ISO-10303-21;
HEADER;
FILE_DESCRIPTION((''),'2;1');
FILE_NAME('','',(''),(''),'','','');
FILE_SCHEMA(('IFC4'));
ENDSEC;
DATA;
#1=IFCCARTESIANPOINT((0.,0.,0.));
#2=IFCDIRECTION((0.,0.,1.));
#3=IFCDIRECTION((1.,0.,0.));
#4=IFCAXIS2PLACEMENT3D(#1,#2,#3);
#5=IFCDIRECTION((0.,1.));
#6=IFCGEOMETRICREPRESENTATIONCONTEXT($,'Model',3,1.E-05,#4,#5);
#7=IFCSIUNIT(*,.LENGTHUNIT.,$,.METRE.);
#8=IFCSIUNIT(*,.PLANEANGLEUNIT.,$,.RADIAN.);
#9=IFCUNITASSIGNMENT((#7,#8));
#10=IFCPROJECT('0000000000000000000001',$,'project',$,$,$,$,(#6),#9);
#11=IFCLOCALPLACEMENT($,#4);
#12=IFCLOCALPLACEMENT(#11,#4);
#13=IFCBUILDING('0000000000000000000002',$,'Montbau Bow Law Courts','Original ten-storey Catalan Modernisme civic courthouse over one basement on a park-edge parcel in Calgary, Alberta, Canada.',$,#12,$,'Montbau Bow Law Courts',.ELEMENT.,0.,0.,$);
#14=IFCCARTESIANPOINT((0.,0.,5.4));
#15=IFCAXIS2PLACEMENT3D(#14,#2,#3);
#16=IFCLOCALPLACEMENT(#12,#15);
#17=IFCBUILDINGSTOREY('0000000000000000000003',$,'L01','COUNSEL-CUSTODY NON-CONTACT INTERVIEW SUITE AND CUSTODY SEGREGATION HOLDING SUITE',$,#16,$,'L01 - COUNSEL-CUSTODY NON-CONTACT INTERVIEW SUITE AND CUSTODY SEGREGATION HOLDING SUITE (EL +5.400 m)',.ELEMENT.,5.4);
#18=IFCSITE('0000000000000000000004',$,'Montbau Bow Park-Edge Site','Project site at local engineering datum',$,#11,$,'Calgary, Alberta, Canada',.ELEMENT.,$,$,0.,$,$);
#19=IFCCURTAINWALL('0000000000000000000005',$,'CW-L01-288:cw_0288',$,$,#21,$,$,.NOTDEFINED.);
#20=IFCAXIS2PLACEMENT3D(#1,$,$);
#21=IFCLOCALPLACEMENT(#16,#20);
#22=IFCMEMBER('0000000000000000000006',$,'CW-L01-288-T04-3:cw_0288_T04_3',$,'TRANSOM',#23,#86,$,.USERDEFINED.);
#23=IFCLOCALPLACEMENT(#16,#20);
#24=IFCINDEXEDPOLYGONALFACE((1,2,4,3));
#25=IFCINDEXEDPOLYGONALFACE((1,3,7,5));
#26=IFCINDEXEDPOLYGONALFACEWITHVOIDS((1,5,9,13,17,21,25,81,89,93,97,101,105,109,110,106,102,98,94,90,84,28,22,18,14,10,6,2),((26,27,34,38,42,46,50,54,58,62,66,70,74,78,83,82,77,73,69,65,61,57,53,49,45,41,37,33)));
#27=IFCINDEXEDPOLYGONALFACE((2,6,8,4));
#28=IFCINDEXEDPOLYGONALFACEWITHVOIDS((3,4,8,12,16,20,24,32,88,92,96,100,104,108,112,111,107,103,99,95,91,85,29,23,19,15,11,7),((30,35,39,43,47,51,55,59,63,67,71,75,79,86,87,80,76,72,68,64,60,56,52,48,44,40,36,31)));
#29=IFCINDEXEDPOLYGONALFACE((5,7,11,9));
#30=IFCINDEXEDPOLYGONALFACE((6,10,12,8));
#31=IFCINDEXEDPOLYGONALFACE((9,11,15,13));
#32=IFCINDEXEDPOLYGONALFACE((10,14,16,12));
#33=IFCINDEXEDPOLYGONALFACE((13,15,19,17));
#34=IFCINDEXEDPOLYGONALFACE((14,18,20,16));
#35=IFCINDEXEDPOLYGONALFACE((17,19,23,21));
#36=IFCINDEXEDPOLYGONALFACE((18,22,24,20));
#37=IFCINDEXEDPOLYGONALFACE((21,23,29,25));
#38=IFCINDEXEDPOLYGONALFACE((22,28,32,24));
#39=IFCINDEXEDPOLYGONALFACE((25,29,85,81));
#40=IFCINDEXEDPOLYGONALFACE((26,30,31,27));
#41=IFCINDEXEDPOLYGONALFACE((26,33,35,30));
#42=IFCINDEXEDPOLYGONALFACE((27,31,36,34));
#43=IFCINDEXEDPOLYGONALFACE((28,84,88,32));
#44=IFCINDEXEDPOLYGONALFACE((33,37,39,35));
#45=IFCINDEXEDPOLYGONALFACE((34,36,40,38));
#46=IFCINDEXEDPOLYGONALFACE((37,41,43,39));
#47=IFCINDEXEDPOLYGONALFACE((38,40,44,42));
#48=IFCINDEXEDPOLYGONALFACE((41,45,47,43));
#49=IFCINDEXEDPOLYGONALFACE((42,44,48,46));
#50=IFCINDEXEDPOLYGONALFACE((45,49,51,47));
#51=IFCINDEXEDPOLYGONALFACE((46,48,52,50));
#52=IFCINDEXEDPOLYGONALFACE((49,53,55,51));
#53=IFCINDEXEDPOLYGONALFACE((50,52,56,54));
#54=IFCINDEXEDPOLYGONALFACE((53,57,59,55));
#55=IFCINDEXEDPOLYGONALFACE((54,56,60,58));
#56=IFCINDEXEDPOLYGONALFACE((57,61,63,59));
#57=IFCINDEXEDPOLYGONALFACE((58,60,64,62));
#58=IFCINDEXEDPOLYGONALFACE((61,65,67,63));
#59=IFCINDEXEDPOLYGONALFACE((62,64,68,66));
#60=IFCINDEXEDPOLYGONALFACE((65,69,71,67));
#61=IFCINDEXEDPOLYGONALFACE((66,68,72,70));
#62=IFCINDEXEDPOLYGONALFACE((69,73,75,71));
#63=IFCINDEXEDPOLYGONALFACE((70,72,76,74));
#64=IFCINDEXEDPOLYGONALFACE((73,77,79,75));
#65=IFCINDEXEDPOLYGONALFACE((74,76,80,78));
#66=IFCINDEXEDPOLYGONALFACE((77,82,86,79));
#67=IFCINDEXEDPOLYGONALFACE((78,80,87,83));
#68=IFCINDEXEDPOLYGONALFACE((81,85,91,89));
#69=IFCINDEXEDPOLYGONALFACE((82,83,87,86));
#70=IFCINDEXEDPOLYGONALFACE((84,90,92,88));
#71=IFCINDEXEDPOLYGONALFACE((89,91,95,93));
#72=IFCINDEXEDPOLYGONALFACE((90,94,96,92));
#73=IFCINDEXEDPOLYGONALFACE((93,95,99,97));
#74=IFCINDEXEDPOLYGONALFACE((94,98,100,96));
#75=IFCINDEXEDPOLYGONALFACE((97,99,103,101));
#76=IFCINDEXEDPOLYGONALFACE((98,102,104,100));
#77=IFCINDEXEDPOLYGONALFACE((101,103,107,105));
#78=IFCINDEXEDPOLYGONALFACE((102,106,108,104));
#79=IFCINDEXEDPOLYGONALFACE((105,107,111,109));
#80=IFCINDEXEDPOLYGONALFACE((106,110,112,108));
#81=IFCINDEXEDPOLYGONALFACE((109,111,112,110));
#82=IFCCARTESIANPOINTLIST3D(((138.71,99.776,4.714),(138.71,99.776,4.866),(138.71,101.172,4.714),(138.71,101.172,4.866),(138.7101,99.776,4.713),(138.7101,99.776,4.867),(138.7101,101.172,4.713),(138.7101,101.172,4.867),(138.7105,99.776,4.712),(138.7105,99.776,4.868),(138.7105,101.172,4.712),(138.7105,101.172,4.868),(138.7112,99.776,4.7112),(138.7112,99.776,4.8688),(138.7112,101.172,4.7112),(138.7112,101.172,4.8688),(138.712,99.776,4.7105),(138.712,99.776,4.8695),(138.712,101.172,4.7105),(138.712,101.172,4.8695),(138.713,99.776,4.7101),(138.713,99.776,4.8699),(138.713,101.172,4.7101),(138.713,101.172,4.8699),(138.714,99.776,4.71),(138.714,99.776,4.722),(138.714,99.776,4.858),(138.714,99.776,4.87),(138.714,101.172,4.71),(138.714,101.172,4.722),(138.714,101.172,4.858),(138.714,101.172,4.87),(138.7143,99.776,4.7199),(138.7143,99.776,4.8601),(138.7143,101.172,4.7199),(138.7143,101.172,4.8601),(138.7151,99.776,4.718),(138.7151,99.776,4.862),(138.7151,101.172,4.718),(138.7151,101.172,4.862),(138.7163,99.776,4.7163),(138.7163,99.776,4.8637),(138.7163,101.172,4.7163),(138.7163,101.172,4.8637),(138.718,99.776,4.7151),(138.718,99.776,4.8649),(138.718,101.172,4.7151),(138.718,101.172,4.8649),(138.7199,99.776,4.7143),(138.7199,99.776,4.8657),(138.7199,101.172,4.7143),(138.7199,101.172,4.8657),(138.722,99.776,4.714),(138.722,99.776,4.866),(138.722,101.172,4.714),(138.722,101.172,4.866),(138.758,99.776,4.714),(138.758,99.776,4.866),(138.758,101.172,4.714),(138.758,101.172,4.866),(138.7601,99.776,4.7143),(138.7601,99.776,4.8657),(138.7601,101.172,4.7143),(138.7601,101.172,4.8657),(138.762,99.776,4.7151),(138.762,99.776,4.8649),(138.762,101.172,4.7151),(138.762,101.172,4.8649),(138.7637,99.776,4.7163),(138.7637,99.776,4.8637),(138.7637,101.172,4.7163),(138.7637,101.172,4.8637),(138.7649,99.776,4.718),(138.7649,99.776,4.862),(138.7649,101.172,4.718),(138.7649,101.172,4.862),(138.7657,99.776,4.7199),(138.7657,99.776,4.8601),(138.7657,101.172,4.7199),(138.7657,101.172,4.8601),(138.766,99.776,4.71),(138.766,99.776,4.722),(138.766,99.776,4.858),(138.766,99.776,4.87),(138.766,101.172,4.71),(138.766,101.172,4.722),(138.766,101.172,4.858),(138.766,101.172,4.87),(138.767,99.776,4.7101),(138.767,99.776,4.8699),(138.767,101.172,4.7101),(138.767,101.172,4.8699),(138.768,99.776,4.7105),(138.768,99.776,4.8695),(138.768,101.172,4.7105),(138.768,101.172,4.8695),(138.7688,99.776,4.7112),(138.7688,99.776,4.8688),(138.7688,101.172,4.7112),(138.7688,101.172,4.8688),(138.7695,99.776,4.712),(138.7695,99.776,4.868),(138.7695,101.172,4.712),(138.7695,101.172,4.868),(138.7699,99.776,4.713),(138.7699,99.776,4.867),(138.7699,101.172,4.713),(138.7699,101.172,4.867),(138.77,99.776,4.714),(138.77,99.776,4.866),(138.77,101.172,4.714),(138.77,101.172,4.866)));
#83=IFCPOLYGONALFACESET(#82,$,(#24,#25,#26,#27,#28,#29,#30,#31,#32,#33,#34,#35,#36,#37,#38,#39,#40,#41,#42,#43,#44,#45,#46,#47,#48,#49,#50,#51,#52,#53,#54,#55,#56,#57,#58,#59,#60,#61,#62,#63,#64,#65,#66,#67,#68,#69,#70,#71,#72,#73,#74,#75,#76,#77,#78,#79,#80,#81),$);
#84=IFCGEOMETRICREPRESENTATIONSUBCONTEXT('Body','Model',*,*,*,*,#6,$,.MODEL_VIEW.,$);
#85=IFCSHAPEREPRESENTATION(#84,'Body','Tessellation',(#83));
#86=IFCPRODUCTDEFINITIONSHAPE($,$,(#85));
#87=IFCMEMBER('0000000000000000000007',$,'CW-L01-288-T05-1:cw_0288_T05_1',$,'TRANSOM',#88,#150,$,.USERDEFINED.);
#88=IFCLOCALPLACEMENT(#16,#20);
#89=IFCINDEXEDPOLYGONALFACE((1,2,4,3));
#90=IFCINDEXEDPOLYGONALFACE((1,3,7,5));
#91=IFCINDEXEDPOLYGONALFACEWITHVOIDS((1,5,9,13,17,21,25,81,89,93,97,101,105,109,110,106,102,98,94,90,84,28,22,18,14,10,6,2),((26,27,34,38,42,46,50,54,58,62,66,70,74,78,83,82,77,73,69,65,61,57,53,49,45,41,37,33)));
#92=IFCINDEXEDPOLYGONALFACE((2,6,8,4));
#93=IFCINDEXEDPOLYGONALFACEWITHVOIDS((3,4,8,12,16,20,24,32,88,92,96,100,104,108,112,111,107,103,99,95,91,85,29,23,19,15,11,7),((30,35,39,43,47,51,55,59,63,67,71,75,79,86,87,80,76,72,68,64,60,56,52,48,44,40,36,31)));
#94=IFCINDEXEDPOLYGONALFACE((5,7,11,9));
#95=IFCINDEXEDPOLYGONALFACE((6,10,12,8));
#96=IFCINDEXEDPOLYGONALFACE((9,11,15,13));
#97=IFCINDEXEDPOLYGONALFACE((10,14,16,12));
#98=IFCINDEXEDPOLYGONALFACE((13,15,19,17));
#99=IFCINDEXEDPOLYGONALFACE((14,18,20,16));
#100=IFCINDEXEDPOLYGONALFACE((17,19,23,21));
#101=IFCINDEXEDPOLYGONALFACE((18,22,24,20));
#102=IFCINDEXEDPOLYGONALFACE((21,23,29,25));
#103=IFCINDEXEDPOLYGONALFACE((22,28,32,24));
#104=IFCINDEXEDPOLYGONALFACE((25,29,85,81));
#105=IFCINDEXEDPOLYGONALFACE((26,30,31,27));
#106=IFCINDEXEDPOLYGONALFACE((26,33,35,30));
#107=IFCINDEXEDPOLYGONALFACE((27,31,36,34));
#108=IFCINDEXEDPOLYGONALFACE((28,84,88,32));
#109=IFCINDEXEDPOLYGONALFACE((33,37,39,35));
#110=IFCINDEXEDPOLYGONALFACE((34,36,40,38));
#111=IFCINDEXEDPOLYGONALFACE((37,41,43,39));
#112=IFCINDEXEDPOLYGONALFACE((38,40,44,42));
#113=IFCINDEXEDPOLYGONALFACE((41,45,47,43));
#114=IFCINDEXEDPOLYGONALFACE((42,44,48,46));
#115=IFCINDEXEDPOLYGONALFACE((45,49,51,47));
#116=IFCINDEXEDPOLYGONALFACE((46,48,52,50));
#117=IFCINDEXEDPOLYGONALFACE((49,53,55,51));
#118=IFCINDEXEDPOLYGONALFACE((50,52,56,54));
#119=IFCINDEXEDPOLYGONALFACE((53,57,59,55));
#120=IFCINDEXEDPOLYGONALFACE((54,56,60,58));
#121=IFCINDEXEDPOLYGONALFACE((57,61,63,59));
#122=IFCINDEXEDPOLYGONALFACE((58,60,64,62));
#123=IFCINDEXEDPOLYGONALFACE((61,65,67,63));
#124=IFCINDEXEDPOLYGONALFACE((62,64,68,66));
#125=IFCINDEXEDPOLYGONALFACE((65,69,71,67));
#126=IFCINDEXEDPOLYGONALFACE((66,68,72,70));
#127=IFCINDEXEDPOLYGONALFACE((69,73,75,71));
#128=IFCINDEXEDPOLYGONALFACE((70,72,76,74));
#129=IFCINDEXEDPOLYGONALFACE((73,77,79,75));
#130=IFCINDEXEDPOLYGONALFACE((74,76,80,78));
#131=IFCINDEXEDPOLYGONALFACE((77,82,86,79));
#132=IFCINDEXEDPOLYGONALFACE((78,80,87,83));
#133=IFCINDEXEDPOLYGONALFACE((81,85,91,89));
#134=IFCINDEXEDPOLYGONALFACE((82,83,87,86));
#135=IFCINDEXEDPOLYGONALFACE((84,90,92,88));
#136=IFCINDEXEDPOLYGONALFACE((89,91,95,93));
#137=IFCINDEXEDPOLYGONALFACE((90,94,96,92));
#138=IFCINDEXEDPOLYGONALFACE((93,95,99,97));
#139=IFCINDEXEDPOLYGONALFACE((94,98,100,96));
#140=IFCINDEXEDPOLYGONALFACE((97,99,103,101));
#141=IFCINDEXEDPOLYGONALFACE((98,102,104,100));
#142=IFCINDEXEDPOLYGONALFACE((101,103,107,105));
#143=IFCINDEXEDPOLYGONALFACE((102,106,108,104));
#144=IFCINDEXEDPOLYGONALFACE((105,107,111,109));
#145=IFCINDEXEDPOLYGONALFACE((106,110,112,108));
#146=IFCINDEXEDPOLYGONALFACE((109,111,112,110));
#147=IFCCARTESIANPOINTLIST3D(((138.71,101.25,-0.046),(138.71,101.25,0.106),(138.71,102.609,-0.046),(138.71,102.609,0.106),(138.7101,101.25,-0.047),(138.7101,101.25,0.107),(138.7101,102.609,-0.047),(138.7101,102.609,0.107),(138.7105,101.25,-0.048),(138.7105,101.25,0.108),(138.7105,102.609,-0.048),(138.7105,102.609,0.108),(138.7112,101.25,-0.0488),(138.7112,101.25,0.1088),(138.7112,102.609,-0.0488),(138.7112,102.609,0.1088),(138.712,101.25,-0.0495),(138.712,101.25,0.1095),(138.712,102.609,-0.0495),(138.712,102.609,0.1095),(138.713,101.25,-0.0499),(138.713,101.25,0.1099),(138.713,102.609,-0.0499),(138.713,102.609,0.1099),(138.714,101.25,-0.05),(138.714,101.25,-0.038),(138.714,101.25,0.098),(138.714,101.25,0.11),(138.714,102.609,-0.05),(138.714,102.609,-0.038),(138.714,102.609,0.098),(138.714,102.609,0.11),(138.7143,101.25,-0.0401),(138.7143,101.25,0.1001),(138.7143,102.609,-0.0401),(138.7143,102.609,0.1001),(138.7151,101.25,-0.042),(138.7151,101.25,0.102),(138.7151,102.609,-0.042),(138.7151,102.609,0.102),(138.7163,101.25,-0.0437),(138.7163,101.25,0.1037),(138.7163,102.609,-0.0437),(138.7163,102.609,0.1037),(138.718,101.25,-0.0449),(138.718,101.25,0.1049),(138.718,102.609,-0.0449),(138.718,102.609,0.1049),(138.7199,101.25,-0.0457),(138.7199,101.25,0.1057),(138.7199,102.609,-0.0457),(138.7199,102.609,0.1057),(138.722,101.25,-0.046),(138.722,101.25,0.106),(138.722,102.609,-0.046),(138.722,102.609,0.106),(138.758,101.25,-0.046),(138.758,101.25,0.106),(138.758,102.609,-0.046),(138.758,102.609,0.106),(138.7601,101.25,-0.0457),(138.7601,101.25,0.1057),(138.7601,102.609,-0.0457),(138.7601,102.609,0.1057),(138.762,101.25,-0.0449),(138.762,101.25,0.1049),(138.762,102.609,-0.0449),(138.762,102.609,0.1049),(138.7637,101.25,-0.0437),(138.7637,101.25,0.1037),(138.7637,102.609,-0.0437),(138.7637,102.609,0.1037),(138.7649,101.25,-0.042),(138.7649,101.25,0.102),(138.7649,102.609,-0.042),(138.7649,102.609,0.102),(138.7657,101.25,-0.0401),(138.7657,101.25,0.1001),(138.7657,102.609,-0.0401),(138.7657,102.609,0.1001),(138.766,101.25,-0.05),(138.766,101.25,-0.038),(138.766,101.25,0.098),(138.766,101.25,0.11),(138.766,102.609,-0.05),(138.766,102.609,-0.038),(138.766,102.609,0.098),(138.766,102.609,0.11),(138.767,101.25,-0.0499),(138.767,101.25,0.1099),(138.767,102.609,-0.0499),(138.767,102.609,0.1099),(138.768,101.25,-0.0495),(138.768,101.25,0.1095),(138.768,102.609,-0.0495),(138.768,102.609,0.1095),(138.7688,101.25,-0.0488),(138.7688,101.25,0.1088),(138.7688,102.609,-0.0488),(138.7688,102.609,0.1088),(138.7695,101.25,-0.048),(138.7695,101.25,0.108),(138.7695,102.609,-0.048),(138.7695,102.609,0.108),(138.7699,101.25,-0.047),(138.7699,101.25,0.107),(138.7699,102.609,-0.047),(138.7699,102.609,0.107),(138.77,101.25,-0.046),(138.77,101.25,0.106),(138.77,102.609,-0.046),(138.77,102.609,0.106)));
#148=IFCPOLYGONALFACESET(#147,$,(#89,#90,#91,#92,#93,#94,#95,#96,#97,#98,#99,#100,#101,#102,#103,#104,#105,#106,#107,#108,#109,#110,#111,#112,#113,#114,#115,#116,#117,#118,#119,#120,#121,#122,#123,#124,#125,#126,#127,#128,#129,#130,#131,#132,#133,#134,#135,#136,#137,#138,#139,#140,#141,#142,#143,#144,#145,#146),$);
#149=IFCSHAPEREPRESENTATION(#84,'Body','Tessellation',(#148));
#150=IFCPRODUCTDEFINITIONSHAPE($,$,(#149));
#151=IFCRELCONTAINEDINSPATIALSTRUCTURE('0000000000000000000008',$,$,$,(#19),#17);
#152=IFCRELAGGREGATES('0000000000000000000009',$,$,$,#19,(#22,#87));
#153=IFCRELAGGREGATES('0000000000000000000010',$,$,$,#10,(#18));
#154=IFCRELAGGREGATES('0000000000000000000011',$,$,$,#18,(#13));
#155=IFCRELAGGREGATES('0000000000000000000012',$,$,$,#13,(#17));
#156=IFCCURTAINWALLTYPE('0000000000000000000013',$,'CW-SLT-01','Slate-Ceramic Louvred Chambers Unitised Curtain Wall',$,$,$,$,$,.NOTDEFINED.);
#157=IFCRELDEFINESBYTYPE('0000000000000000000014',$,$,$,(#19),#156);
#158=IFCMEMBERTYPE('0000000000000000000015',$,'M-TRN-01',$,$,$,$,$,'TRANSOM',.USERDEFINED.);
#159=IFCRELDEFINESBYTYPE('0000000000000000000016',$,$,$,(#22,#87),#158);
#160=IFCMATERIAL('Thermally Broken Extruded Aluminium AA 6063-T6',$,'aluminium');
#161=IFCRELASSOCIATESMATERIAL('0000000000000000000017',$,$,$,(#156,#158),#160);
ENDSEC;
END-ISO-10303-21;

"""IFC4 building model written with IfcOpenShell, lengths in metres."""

from ifc_helpers import new_model, si_unit, direction, frame, origin_with_axes, origin_2d_with_axis, place, context, subcontext, project, spatial, hollow_rectangle, extrude, material, material_profile, profile_set, type_object, element, aggregate, save


model = new_model("IFC4")

# Units and contexts
model_context = context("Model", 3, precision=1e-05, world=origin_with_axes(), true_north=direction((0.0, 1.0)))
body_context = subcontext(model_context, "Body", "Model", "MODEL_VIEW")
ifc_project = project(units=[si_unit("LENGTHUNIT", "METRE"), si_unit("PLANEANGLEUNIT", "RADIAN")], contexts=[model_context])

# Site, building, storey
site_placement = place(None, origin_with_axes())
site = spatial("IfcSite", under=ifc_project, at=site_placement, Name="Montbau Bow Park-Edge Site", Description="Project site at local engineering datum", LongName="Calgary, Alberta, Canada", CompositionType="ELEMENT", RefElevation=0.0)
building_placement = place(site_placement, origin_with_axes())
building = spatial("IfcBuilding", under=site, at=building_placement, Name="Montbau Bow Law Courts", Description="Original ten-storey Catalan Modernisme civic courthouse over one basement on a park-edge parcel in Calgary, Alberta, Canada.", LongName="Montbau Bow Law Courts", CompositionType="ELEMENT", ElevationOfRefHeight=0.0, ElevationOfTerrain=0.0)
storey_placement = place(building_placement, frame((0.0, 0.0, 5.4), z_axis=(0.0, 0.0, 1.0), x_axis=(1.0, 0.0, 0.0)))
storey = spatial("IfcBuildingStorey", under=building, at=storey_placement, Name="L01", Description="COUNSEL-CUSTODY NON-CONTACT INTERVIEW SUITE AND CUSTODY SEGREGATION HOLDING SUITE", LongName="L01 - COUNSEL-CUSTODY NON-CONTACT INTERVIEW SUITE AND CUSTODY SEGREGATION HOLDING SUITE (EL +5.400 m)", CompositionType="ELEMENT", Elevation=5.4)

# Curtain wall
ifc_material_1 = material(Name="Thermally Broken Extruded Aluminium AA 6063-T6", Category="aluminium")
curtain_wall_type = type_object("IfcCurtainWallType", Name="CW-SLT-01", Description="Slate-Ceramic Louvred Chambers Unitised Curtain Wall", PredefinedType="NOTDEFINED", material=ifc_material_1)
curtain_wall_1_placement = place(None, frame((138.74, 95.315, 5.4), z_axis=(0.0, 0.0, 1.0), x_axis=(1.0, 0.0, 0.0)))
curtain_wall_1 = element("IfcCurtainWall", 1, at=curtain_wall_1_placement, inside=storey, type_object=curtain_wall_type, Name="CW-L01-288:cw_0288", PredefinedType="NOTDEFINED")

# Members
ifc_material_profile_1 = material_profile(ifc_material_1, hollow_rectangle(XDim=0.06, YDim=0.16, WallThickness=0.004, InnerFilletRadius=0.008, OuterFilletRadius=0.004, at=origin_2d_with_axis()), Name="CWT-160X60", Category="Main", Priority=0)
ifc_profile_set_1 = profile_set([ifc_material_profile_1], Name="Thermally Broken Extruded Aluminium AA 6063-T6")
member_type_1 = type_object("IfcMemberType", Name="M-TRN-01", ElementType="TRANSOM", PredefinedType="USERDEFINED", material=ifc_profile_set_1)
member_1_placement = place(None, frame((138.74, 99.776, 10.19), z_axis=(0.0, 1.0, 0.0), x_axis=(-1.0, 0.0, 0.0)))
member_1 = element("IfcMember", 2, at=member_1_placement, type_object=member_type_1, Name="CW-L01-288-T04-3:cw_0288_T04_3", ObjectType="TRANSOM", PredefinedType="USERDEFINED", context=body_context, shape_type="SweptSolid", body=[
    extrude(hollow_rectangle(XDim=0.06, YDim=0.16, WallThickness=0.004, InnerFilletRadius=0.008, OuterFilletRadius=0.004, at=origin_2d_with_axis()), origin_with_axes(), (0.0, 0.0, 1.0), 1.396),
])
member_2_placement = place(None, frame((138.74, 101.25, 5.43), z_axis=(0.0, 1.0, 0.0), x_axis=(-1.0, 0.0, 0.0)))
member_2 = element("IfcMember", 3, at=member_2_placement, type_object=member_type_1, Name="CW-L01-288-T05-1:cw_0288_T05_1", ObjectType="TRANSOM", PredefinedType="USERDEFINED", context=body_context, shape_type="SweptSolid", body=[
    extrude(hollow_rectangle(XDim=0.06, YDim=0.16, WallThickness=0.004, InnerFilletRadius=0.008, OuterFilletRadius=0.004, at=origin_2d_with_axis()), origin_with_axes(), (0.0, 0.0, 1.0), 1.359),
])

aggregate(curtain_wall_1, [member_1, member_2])

save(model, "model.ifc")
